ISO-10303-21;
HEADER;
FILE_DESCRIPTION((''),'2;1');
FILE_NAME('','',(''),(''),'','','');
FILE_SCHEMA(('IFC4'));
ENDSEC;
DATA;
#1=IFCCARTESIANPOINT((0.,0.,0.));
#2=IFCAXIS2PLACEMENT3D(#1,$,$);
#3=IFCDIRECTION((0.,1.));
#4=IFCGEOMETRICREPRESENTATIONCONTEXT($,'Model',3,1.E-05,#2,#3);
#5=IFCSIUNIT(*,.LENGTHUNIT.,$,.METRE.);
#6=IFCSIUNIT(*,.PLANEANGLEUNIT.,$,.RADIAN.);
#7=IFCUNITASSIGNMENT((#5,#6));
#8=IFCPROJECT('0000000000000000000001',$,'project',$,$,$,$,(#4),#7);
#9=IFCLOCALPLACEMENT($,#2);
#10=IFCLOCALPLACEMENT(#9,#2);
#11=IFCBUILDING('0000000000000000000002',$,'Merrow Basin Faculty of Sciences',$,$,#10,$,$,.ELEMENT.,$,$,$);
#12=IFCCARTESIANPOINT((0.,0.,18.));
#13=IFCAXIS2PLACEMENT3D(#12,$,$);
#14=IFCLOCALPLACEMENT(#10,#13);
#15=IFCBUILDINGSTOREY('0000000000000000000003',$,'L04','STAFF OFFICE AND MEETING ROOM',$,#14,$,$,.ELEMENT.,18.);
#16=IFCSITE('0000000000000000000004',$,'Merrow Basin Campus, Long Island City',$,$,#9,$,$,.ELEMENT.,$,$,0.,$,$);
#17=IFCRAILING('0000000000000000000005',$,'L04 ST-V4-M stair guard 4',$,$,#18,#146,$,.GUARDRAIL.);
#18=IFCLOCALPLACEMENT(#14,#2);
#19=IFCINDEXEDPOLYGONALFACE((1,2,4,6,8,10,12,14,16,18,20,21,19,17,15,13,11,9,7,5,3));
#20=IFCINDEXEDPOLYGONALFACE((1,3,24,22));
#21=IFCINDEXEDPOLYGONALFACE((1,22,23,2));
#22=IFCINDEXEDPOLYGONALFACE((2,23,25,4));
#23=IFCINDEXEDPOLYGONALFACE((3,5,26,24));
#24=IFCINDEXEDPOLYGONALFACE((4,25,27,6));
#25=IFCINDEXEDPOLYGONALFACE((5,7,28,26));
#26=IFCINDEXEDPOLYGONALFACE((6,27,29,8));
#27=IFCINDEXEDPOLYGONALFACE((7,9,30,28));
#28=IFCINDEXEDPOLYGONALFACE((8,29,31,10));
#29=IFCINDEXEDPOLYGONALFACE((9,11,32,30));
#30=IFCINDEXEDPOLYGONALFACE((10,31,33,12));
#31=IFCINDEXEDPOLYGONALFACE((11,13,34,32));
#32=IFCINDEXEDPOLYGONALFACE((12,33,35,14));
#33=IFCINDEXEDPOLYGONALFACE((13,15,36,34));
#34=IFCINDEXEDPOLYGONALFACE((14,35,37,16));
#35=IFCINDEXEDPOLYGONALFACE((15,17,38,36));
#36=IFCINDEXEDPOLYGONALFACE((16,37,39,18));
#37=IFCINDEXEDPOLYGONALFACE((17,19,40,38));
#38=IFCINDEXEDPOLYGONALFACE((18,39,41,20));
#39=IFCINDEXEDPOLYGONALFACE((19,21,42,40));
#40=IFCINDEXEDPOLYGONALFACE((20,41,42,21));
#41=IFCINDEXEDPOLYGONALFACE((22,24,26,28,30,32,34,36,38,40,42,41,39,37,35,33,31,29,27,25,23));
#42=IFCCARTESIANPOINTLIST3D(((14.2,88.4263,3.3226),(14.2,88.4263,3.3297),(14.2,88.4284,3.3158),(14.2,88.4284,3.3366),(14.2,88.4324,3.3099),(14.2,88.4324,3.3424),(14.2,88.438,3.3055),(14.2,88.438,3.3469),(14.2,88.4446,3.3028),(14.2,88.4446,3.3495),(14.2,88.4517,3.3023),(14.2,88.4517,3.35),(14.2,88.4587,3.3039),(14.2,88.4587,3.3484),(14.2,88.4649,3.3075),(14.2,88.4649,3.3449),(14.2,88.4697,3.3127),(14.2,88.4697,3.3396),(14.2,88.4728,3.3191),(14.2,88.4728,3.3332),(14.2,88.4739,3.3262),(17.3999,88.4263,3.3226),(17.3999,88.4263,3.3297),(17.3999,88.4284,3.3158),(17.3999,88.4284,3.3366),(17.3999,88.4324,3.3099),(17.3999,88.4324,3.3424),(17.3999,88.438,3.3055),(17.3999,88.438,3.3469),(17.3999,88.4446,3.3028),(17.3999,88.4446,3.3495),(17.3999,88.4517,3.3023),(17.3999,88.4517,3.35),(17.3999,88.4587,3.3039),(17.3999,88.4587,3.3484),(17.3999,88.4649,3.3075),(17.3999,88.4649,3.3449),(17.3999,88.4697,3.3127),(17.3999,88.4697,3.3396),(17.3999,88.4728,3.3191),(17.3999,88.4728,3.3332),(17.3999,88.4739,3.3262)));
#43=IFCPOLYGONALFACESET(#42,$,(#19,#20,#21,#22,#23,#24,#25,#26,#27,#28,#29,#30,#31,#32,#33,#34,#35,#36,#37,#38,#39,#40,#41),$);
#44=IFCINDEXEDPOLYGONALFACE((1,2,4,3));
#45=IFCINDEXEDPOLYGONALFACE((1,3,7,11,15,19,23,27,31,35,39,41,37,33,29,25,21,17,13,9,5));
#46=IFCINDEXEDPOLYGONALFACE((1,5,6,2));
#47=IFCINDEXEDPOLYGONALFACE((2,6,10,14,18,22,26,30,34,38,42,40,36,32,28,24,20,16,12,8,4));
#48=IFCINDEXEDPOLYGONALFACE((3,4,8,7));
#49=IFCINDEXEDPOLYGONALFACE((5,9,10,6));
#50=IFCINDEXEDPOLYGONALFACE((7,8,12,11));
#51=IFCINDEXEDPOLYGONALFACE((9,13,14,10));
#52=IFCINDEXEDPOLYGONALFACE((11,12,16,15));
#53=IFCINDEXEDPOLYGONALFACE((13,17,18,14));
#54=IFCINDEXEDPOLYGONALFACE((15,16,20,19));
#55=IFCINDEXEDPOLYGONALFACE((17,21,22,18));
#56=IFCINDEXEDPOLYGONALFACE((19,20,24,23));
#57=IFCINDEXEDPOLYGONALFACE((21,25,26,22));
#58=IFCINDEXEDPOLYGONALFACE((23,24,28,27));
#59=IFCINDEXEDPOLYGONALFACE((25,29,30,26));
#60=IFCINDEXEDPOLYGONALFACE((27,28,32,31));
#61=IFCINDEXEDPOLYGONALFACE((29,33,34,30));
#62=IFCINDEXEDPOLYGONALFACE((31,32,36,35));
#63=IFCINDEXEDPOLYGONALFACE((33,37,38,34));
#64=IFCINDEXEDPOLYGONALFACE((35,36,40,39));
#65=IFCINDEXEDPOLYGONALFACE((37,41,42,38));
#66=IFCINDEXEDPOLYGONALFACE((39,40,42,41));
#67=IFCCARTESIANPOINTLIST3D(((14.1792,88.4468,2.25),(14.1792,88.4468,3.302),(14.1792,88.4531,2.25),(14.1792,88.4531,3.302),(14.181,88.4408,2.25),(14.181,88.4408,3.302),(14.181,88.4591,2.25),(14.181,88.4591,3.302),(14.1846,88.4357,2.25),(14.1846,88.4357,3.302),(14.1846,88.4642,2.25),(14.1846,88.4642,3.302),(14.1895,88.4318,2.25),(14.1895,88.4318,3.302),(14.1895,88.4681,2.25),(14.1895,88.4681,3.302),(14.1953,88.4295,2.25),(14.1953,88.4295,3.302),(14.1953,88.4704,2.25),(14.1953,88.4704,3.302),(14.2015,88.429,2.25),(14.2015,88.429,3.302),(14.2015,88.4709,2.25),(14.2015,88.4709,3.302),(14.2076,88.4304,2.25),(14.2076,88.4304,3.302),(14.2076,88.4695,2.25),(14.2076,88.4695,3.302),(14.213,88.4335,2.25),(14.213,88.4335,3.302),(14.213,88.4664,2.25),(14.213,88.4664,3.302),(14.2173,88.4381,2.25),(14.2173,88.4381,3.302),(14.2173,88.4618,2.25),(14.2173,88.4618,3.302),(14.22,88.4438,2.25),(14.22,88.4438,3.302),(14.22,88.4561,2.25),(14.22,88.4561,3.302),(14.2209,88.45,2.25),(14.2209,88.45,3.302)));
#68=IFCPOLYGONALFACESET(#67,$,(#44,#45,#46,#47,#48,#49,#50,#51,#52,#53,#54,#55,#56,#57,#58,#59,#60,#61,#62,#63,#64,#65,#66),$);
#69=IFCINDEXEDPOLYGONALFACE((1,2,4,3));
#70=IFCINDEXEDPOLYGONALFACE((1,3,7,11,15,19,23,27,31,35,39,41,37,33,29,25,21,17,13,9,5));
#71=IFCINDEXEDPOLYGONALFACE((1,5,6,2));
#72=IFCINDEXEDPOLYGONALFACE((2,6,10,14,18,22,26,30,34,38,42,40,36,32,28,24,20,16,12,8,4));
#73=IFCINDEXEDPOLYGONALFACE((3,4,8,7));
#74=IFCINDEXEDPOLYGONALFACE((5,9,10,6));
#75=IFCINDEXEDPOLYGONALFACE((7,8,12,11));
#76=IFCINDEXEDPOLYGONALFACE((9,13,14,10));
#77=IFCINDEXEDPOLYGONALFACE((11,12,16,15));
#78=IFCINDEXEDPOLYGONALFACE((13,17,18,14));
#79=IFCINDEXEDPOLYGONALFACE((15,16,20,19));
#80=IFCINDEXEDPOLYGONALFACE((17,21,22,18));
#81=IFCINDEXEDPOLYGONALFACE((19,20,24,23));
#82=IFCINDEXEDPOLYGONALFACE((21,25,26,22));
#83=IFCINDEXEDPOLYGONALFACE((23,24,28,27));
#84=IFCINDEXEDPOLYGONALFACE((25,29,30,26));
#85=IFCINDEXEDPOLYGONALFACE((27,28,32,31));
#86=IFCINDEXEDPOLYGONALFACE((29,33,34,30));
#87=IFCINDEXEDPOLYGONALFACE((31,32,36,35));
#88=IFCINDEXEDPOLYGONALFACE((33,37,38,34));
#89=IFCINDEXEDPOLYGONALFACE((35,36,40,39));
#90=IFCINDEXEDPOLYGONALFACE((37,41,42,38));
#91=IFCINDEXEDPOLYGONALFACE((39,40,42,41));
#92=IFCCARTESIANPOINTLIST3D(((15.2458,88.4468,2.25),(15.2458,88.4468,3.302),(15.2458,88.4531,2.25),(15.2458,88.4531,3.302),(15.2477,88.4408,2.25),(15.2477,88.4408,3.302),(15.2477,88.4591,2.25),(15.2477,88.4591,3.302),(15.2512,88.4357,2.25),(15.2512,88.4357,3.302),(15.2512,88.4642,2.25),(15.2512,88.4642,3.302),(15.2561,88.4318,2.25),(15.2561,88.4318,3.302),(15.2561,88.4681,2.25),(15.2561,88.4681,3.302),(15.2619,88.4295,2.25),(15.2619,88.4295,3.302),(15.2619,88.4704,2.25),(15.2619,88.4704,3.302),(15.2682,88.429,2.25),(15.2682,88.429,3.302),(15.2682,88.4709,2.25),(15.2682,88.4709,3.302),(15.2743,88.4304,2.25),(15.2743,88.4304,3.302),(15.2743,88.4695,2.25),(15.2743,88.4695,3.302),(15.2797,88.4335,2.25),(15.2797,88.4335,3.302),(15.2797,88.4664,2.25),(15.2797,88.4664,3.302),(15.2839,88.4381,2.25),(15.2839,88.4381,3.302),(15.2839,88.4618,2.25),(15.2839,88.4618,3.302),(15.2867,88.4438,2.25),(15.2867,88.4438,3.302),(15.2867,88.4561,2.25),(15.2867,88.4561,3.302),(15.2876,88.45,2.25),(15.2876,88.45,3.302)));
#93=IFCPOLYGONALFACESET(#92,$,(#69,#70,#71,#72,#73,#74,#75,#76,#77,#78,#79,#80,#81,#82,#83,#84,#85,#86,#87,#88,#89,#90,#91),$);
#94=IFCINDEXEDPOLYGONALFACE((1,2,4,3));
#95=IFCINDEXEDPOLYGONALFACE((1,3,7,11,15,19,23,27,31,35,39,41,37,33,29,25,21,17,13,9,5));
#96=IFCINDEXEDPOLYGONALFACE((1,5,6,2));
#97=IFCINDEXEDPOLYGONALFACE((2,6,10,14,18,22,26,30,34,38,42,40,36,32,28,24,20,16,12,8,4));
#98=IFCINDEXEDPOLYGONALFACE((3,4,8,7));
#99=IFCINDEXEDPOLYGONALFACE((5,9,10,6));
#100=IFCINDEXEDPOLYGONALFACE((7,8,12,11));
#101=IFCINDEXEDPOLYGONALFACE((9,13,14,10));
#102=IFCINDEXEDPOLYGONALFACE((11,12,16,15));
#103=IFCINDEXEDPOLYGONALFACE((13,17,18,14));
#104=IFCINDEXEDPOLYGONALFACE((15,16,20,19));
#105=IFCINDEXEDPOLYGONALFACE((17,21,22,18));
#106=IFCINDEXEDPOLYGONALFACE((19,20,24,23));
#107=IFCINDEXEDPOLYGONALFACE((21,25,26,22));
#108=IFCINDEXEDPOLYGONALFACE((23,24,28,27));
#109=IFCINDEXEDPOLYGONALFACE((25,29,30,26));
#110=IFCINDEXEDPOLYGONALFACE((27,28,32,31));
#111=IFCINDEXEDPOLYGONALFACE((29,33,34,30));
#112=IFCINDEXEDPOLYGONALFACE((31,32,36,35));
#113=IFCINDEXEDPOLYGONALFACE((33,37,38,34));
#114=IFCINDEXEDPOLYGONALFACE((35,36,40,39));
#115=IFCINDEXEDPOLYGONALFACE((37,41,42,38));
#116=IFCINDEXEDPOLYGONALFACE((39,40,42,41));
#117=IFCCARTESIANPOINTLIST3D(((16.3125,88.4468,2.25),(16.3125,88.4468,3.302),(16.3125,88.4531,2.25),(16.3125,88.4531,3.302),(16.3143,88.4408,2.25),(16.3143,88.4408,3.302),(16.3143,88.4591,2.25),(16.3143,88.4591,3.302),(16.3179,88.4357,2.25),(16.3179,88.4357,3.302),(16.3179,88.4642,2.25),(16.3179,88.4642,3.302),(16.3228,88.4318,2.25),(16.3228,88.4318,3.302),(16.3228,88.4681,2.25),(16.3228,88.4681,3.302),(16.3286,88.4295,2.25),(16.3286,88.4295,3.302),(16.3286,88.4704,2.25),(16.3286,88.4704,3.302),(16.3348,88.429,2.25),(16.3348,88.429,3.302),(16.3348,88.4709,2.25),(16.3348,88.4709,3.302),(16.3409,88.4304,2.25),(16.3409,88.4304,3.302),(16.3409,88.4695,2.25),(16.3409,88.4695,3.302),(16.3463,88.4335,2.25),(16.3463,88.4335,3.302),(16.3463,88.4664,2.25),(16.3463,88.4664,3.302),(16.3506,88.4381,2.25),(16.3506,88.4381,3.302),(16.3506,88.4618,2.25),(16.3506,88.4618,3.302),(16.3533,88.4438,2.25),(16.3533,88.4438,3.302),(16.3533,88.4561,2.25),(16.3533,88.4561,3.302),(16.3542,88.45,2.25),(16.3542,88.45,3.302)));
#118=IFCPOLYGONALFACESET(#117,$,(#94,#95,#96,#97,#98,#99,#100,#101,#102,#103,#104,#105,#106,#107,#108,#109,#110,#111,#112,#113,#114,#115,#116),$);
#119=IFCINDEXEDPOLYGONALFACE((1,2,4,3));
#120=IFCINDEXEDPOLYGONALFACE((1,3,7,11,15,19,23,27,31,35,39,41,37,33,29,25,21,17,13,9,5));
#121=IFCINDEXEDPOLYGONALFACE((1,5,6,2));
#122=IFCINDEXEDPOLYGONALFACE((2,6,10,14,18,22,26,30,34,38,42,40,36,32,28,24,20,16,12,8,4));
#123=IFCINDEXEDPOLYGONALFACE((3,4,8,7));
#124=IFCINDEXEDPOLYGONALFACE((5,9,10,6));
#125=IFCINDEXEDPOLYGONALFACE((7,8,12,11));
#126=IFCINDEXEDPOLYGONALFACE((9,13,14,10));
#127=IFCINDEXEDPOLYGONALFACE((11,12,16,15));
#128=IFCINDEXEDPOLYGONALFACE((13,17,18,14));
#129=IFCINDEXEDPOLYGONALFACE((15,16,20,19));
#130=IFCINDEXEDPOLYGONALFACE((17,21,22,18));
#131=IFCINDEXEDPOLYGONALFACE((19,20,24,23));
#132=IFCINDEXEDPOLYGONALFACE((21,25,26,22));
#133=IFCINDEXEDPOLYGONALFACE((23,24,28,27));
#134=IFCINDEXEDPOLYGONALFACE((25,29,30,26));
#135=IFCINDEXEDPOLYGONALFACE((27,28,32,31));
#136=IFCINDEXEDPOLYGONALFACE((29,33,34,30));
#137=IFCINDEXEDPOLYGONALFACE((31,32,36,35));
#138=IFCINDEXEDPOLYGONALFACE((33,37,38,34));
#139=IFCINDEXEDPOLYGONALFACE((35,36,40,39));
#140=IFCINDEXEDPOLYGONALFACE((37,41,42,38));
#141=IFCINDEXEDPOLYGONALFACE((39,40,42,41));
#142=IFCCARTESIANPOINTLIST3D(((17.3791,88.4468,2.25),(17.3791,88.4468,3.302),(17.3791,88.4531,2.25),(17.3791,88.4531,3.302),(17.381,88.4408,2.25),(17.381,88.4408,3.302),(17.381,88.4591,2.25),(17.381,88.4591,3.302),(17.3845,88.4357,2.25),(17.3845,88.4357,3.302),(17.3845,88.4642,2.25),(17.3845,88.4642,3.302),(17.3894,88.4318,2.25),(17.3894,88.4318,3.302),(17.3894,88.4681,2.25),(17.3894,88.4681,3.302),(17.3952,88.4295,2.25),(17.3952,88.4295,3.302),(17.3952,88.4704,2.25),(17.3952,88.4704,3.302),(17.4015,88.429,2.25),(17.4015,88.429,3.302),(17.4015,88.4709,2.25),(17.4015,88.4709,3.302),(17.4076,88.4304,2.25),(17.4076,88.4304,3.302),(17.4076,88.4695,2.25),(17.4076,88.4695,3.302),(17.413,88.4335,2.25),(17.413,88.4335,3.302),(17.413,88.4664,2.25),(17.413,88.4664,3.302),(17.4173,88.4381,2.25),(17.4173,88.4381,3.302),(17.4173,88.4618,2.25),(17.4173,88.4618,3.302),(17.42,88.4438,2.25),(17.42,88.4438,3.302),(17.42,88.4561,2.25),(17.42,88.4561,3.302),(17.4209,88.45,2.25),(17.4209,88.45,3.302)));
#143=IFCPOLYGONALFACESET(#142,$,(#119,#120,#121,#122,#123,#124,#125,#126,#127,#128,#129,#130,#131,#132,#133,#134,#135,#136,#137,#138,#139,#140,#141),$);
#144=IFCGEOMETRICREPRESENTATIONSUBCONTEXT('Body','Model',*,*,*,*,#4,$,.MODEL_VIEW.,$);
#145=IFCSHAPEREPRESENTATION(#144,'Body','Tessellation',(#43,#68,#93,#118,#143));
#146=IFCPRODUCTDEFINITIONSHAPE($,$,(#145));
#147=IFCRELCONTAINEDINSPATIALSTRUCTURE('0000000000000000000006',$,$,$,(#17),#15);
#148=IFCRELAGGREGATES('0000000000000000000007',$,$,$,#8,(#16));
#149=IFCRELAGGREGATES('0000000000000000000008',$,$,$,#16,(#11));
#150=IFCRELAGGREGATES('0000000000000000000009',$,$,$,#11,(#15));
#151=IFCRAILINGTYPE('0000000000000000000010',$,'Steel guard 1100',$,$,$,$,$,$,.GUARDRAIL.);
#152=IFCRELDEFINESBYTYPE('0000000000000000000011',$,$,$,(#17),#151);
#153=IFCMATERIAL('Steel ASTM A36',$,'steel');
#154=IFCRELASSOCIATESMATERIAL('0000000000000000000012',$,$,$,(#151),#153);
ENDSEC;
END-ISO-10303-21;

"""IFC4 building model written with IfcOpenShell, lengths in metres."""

from ifc_helpers import new_model, si_unit, direction, frame, origin, origin_2d, place, context, subcontext, project, spatial, circle, extrude, material, type_object, element, save


model = new_model("IFC4")

# Units and contexts
model_context = context("Model", 3, precision=1e-05, world=origin(), true_north=direction((0.0, 1.0)))
body_context = subcontext(model_context, "Body", "Model", "MODEL_VIEW")
ifc_project = project(units=[si_unit("LENGTHUNIT", "METRE"), si_unit("PLANEANGLEUNIT", "RADIAN")], contexts=[model_context])

# Site, building, storey
site_placement = place(None, origin())
site = spatial("IfcSite", under=ifc_project, at=site_placement, Name="Merrow Basin Campus, Long Island City", CompositionType="ELEMENT", RefElevation=0.0)
building_placement = place(site_placement, origin())
building = spatial("IfcBuilding", under=site, at=building_placement, Name="Merrow Basin Faculty of Sciences", CompositionType="ELEMENT")
storey_placement = place(building_placement, frame((0.0, 0.0, 18.0)))
storey = spatial("IfcBuildingStorey", under=building, at=storey_placement, Name="L04", Description="STAFF OFFICE AND MEETING ROOM", CompositionType="ELEMENT", Elevation=18.0)

# Railing
ifc_material_1 = material(Name="Steel ASTM A36", Category="steel")
railing_type_1 = type_object("IfcRailingType", Name="Steel guard 1100", PredefinedType="GUARDRAIL", material=ifc_material_1)
railing_1_placement = place(storey_placement, frame((14.2, 88.45, 2.25)))
element("IfcRailing", 1, at=railing_1_placement, inside=storey, type_object=railing_type_1, Name="L04 ST-V4-M stair guard 4", PredefinedType="GUARDRAIL", context=body_context, shape_type="SweptSolid", body=[
    extrude(circle(Radius=0.0239, at=origin_2d()), frame((0.0, 0.0, 1.0762), z_axis=(1.0, 0.0, 0.0), x_axis=(0.0, 1.0, 0.0)), (0.0, 0.0, 1.0), 3.2),
    extrude(circle(Radius=0.021, at=origin_2d()), origin(), (0.0, 0.0, 1.0), 1.052),
    extrude(circle(Radius=0.021, at=origin_2d()), frame((1.0667, 0.0, 0.0)), (0.0, 0.0, 1.0), 1.052),
    extrude(circle(Radius=0.021, at=origin_2d()), frame((2.1333, 0.0, 0.0)), (0.0, 0.0, 1.0), 1.052),
    extrude(circle(Radius=0.021, at=origin_2d()), frame((3.2, 0.0, 0.0)), (0.0, 0.0, 1.0), 1.052),
])

save(model, "model.ifc")
